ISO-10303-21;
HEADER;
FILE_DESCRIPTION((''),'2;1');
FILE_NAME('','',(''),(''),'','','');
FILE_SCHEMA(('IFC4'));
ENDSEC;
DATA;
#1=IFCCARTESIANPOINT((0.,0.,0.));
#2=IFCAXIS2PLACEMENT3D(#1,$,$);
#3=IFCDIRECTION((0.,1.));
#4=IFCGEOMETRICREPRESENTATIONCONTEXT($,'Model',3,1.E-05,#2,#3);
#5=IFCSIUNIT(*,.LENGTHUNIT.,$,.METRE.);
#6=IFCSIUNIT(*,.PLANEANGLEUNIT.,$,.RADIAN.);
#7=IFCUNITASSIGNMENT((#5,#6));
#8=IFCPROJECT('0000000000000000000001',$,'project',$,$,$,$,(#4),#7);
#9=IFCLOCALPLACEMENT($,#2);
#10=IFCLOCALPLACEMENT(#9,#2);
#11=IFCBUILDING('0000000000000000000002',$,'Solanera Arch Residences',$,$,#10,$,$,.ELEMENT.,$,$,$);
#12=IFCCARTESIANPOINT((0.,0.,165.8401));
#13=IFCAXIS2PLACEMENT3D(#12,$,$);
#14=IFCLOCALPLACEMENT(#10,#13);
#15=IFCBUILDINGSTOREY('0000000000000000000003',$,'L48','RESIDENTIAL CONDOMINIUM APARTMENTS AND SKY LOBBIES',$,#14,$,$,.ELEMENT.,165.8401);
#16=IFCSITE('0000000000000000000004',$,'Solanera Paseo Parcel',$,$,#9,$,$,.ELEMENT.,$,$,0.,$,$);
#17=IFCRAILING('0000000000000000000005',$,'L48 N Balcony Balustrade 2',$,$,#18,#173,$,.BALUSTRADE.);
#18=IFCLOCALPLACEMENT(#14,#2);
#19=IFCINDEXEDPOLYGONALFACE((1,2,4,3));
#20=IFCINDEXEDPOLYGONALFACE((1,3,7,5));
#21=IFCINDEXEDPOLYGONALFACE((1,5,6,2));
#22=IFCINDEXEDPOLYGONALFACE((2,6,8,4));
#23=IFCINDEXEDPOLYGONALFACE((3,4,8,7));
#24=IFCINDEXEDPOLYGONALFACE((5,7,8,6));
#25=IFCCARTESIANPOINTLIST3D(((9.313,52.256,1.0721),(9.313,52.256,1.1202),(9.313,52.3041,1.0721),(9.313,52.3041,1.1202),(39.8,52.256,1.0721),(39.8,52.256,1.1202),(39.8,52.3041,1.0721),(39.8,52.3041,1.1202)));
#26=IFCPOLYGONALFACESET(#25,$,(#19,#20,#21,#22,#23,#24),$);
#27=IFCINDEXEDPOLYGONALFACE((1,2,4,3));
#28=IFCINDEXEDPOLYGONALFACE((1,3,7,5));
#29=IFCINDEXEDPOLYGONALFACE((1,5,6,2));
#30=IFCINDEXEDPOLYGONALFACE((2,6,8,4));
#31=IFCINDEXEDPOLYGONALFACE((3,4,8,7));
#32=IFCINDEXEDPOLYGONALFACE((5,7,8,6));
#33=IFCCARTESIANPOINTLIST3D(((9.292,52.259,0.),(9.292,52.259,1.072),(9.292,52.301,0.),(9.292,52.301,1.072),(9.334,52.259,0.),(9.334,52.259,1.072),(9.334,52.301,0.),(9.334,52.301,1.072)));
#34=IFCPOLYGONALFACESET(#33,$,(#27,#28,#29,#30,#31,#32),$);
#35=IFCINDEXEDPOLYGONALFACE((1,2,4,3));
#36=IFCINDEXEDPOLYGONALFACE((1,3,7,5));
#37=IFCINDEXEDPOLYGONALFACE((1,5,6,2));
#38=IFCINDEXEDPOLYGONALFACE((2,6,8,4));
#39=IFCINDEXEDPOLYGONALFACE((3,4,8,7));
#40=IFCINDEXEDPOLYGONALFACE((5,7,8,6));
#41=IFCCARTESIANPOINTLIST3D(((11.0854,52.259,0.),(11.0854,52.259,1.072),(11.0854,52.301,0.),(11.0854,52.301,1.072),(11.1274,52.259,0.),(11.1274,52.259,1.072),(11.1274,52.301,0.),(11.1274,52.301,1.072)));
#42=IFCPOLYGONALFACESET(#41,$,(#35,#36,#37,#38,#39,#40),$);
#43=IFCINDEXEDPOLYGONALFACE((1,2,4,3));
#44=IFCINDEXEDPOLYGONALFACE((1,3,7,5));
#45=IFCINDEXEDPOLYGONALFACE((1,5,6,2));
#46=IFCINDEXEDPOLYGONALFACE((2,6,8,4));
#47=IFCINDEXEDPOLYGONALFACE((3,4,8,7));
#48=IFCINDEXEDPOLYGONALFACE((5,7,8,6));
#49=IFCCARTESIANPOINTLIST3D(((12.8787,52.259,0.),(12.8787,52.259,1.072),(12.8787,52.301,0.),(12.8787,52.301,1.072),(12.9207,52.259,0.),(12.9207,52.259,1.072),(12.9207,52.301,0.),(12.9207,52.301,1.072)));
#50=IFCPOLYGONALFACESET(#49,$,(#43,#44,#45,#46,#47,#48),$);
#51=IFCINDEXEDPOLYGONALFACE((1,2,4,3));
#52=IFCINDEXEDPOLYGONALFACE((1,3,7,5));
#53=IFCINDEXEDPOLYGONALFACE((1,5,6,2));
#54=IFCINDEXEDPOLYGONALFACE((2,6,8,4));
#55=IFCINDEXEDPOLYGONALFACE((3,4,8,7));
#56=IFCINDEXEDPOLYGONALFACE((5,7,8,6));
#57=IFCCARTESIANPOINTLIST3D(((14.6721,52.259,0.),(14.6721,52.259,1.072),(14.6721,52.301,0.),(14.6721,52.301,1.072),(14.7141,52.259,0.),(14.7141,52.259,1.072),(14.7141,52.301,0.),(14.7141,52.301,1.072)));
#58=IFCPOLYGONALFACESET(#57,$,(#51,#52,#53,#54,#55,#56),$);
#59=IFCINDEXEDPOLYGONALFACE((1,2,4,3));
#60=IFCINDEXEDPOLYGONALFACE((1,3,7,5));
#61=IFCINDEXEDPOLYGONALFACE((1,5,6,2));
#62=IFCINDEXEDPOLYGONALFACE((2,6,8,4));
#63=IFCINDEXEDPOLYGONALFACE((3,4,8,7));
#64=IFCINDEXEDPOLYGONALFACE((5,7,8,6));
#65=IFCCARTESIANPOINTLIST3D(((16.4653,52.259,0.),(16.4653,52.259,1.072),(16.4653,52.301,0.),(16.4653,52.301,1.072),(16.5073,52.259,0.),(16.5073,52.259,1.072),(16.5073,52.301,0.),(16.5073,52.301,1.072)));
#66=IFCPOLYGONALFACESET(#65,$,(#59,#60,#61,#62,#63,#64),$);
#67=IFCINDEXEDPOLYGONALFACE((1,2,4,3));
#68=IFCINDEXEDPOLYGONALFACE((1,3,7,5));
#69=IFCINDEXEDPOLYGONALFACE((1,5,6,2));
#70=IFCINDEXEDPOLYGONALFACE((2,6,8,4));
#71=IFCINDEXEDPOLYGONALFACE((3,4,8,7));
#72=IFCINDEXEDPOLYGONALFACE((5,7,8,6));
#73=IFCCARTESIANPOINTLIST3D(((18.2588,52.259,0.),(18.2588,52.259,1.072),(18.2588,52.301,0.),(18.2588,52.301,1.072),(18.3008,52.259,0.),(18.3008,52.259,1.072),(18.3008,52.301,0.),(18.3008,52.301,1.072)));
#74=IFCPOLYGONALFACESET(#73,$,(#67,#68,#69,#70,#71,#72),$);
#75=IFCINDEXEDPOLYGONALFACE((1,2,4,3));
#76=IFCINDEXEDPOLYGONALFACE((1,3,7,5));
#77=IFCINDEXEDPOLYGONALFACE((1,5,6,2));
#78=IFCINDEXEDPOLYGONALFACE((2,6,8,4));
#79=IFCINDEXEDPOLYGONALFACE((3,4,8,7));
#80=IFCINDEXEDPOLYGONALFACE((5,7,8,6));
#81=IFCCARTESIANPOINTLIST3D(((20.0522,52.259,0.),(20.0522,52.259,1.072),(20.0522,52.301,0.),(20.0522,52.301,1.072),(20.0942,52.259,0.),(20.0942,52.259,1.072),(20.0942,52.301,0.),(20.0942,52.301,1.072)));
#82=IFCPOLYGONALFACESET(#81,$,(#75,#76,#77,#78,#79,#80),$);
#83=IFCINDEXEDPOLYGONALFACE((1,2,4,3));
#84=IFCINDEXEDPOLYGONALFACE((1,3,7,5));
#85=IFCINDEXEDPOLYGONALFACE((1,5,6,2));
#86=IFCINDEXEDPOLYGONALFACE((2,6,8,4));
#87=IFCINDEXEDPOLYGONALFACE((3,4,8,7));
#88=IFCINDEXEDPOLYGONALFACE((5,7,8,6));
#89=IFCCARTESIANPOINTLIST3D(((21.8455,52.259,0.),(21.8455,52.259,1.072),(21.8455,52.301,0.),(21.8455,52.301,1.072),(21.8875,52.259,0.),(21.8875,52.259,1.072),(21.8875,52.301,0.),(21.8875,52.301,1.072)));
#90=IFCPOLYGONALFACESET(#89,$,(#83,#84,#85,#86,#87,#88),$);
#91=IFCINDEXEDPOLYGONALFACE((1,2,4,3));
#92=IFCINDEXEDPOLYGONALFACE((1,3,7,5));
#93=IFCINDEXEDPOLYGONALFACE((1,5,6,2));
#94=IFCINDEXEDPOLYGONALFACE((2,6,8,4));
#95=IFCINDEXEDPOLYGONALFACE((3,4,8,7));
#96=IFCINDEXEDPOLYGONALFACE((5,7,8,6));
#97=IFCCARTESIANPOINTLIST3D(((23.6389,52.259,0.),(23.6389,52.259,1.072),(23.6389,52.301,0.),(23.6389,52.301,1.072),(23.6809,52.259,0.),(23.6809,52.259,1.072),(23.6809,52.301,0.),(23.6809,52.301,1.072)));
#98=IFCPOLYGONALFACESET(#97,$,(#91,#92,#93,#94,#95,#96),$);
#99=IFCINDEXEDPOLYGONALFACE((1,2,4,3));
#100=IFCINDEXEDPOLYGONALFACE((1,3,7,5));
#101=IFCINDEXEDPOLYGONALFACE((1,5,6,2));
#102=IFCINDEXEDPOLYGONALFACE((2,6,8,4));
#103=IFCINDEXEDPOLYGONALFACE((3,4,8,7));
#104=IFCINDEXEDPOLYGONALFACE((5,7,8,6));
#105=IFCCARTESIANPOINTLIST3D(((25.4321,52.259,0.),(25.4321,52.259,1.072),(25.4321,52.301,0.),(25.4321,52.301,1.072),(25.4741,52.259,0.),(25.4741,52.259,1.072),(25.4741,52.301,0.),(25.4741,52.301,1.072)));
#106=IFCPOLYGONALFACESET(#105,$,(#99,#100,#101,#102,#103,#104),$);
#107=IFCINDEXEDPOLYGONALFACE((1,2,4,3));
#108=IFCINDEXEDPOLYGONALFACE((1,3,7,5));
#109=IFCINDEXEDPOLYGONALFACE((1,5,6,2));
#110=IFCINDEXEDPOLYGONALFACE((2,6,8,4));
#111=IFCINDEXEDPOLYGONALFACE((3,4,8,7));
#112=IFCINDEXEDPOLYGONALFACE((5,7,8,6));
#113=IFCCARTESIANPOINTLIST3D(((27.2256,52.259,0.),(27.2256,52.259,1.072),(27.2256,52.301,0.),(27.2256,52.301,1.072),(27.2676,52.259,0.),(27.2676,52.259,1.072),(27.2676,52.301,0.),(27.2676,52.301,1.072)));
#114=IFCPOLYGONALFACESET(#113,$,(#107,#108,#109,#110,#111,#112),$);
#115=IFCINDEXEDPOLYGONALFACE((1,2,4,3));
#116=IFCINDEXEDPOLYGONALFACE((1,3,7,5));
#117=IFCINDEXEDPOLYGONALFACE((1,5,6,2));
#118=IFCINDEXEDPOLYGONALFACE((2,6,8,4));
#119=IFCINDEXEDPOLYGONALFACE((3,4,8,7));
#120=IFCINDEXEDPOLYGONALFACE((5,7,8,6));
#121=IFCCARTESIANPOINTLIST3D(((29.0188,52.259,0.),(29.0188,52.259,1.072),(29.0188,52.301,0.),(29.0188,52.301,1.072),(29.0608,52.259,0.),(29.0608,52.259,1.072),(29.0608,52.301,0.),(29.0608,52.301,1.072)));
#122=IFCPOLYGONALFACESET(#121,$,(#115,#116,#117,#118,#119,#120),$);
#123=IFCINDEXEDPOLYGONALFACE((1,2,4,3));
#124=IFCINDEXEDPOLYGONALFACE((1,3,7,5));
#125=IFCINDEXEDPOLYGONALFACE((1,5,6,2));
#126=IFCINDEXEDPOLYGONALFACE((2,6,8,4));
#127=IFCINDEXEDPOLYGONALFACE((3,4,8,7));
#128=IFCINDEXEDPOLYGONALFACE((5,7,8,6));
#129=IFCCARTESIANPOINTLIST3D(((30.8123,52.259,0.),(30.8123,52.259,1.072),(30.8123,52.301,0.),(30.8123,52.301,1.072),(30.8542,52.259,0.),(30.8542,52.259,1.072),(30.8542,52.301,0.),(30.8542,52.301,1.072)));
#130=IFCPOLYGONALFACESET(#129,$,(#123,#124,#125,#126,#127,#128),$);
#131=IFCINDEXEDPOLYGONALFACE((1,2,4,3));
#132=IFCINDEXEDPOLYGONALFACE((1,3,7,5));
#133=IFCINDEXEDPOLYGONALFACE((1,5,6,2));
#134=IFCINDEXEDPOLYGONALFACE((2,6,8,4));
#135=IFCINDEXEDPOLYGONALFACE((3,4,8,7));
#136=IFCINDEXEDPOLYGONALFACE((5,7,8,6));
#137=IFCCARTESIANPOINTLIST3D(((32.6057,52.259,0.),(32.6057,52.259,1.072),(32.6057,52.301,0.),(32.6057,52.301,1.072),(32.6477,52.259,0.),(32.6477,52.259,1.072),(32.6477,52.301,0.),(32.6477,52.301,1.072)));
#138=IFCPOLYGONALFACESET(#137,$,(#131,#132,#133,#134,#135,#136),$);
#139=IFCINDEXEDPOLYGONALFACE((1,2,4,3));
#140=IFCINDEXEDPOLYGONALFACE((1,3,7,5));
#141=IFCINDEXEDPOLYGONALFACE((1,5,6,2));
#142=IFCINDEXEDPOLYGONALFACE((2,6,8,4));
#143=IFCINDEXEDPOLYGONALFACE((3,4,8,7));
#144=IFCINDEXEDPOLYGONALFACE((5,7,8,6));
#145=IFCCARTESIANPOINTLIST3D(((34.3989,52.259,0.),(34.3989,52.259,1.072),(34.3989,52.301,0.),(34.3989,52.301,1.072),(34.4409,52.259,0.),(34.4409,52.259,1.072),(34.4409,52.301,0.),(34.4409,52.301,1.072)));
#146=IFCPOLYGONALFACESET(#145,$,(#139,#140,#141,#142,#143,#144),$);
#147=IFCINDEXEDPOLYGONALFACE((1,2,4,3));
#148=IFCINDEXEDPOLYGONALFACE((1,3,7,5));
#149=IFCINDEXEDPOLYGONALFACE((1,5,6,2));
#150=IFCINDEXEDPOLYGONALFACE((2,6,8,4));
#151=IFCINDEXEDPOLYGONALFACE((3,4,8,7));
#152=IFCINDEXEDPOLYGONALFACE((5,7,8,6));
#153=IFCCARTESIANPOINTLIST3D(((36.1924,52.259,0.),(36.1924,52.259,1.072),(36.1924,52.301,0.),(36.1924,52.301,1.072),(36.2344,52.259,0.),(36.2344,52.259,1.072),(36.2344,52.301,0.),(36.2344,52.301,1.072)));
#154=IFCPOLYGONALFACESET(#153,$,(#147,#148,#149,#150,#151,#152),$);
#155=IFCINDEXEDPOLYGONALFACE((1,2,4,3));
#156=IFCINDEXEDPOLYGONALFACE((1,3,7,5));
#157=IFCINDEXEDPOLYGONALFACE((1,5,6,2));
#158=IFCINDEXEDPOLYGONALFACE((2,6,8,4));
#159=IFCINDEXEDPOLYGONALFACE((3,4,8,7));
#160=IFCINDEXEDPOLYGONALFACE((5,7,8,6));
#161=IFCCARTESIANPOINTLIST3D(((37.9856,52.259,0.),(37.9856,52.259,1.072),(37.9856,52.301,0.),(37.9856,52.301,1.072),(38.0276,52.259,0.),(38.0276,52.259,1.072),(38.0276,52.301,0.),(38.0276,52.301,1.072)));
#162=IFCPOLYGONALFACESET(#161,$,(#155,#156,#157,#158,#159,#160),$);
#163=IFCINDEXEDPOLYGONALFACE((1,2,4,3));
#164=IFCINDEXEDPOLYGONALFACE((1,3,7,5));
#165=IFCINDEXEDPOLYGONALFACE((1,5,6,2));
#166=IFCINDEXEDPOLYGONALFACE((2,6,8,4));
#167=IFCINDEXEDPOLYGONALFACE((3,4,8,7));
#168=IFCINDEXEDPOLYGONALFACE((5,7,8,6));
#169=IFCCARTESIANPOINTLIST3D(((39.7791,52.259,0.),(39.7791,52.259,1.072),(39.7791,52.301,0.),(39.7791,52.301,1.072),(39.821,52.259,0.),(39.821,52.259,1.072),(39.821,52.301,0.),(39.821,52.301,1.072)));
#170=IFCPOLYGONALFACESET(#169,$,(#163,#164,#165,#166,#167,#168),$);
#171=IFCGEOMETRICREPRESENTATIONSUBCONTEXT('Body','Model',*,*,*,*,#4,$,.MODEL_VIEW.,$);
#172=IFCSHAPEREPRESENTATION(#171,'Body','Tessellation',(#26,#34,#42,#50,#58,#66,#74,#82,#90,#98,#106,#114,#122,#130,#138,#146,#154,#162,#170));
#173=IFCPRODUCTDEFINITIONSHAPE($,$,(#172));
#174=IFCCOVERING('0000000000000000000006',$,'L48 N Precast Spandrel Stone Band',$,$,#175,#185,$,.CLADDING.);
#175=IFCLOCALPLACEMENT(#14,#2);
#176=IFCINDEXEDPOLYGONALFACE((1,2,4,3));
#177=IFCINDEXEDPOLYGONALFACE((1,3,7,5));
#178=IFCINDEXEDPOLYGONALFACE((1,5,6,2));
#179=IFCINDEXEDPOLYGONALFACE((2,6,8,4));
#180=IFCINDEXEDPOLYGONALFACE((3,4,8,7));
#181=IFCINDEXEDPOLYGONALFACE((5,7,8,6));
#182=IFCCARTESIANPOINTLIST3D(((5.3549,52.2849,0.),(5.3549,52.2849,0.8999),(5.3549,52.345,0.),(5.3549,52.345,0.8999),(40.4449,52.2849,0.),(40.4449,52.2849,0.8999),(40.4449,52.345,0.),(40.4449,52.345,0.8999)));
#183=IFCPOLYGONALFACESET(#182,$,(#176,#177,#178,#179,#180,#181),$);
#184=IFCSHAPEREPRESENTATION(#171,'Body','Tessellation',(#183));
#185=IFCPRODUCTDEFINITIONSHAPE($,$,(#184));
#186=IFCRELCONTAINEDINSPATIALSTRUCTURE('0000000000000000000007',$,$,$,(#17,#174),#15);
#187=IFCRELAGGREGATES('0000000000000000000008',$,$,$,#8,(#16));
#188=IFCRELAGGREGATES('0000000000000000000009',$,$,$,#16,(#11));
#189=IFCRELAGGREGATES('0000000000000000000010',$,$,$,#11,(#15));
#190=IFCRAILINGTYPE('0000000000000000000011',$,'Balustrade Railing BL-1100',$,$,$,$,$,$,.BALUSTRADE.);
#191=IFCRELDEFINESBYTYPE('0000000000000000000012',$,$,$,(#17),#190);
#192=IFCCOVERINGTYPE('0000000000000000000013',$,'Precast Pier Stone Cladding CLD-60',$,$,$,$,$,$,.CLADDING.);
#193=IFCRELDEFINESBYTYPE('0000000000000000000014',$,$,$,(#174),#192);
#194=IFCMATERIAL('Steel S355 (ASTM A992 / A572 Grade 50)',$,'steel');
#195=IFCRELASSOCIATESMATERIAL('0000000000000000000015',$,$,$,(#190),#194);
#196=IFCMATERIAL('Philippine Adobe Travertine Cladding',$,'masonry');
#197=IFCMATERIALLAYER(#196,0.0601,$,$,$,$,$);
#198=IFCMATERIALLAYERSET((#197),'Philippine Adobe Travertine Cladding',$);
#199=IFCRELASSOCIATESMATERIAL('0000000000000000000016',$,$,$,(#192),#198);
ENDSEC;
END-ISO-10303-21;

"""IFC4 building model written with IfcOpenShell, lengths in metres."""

from ifc_helpers import new_model, si_unit, direction, frame, frame_2d, origin, origin_2d, place, context, subcontext, project, spatial, rectangle, extrude, material, layer, layer_set, type_object, element, save


model = new_model("IFC4")

# Units and contexts
model_context = context("Model", 3, precision=1e-05, world=origin(), true_north=direction((0.0, 1.0)))
body_context = subcontext(model_context, "Body", "Model", "MODEL_VIEW")
ifc_project = project(units=[si_unit("LENGTHUNIT", "METRE"), si_unit("PLANEANGLEUNIT", "RADIAN")], contexts=[model_context])

# Site, building, storey
site_placement = place(None, origin())
site = spatial("IfcSite", under=ifc_project, at=site_placement, Name="Solanera Paseo Parcel", CompositionType="ELEMENT", RefElevation=0.0)
building_placement = place(site_placement, origin())
building = spatial("IfcBuilding", under=site, at=building_placement, Name="Solanera Arch Residences", CompositionType="ELEMENT")
storey_placement = place(building_placement, frame((0.0, 0.0, 165.8401)))
storey = spatial("IfcBuildingStorey", under=building, at=storey_placement, Name="L48", Description="RESIDENTIAL CONDOMINIUM APARTMENTS AND SKY LOBBIES", CompositionType="ELEMENT", Elevation=165.8401)

# Railing
ifc_material_1 = material(Name="Steel S355 (ASTM A992 / A572 Grade 50)", Category="steel")
railing_type = type_object("IfcRailingType", Name="Balustrade Railing BL-1100", PredefinedType="BALUSTRADE", material=ifc_material_1)
railing_placement = place(storey_placement, frame((9.313, 52.28, 0.0)))
element("IfcRailing", 1, at=railing_placement, inside=storey, type_object=railing_type, Name="L48 N Balcony Balustrade 2", PredefinedType="BALUSTRADE", context=body_context, shape_type="SweptSolid", body=[
    extrude(rectangle(XDim=0.0481, YDim=0.0481, at=origin_2d()), frame((0.0, 0.0, 1.0962), z_axis=(1.0, 0.0, 0.0), x_axis=(0.0, 1.0, 0.0)), (0.0, 0.0, 1.0), 30.4871),
    extrude(rectangle(XDim=0.042, YDim=0.042, at=origin_2d()), origin(), (0.0, 0.0, 1.0), 1.072),
    extrude(rectangle(XDim=0.042, YDim=0.042, at=origin_2d()), frame((1.7935, 0.0, 0.0)), (0.0, 0.0, 1.0), 1.072),
    extrude(rectangle(XDim=0.042, YDim=0.042, at=origin_2d()), frame((3.5867, 0.0, 0.0)), (0.0, 0.0, 1.0), 1.072),
    extrude(rectangle(XDim=0.042, YDim=0.042, at=origin_2d()), frame((5.3801, 0.0, 0.0)), (0.0, 0.0, 1.0), 1.072),
    extrude(rectangle(XDim=0.042, YDim=0.042, at=origin_2d()), frame((7.1733, 0.0, 0.0)), (0.0, 0.0, 1.0), 1.072),
    extrude(rectangle(XDim=0.042, YDim=0.042, at=origin_2d()), frame((8.9668, 0.0, 0.0)), (0.0, 0.0, 1.0), 1.072),
    extrude(rectangle(XDim=0.042, YDim=0.042, at=origin_2d()), frame((10.7603, 0.0, 0.0)), (0.0, 0.0, 1.0), 1.072),
    extrude(rectangle(XDim=0.042, YDim=0.042, at=origin_2d()), frame((12.5535, 0.0, 0.0)), (0.0, 0.0, 1.0), 1.072),
    extrude(rectangle(XDim=0.042, YDim=0.042, at=origin_2d()), frame((14.3469, 0.0, 0.0)), (0.0, 0.0, 1.0), 1.072),
    extrude(rectangle(XDim=0.042, YDim=0.042, at=origin_2d()), frame((16.1401, 0.0, 0.0)), (0.0, 0.0, 1.0), 1.072),
    extrude(rectangle(XDim=0.042, YDim=0.042, at=origin_2d()), frame((17.9336, 0.0, 0.0)), (0.0, 0.0, 1.0), 1.072),
    extrude(rectangle(XDim=0.042, YDim=0.042, at=origin_2d()), frame((19.7268, 0.0, 0.0)), (0.0, 0.0, 1.0), 1.072),
    extrude(rectangle(XDim=0.042, YDim=0.042, at=origin_2d()), frame((21.5203, 0.0, 0.0)), (0.0, 0.0, 1.0), 1.072),
    extrude(rectangle(XDim=0.042, YDim=0.042, at=origin_2d()), frame((23.3137, 0.0, 0.0)), (0.0, 0.0, 1.0), 1.072),
    extrude(rectangle(XDim=0.042, YDim=0.042, at=origin_2d()), frame((25.1069, 0.0, 0.0)), (0.0, 0.0, 1.0), 1.072),
    extrude(rectangle(XDim=0.042, YDim=0.042, at=origin_2d()), frame((26.9004, 0.0, 0.0)), (0.0, 0.0, 1.0), 1.072),
    extrude(rectangle(XDim=0.042, YDim=0.042, at=origin_2d()), frame((28.6936, 0.0, 0.0)), (0.0, 0.0, 1.0), 1.072),
    extrude(rectangle(XDim=0.042, YDim=0.042, at=origin_2d()), frame((30.4871, 0.0, 0.0)), (0.0, 0.0, 1.0), 1.072),
])

# Covering
ifc_material_2 = material(Name="Philippine Adobe Travertine Cladding", Category="masonry")
ifc_layer_1 = layer(ifc_material_2, 0.0601)
ifc_layer_set_1 = layer_set([ifc_layer_1], Name="Philippine Adobe Travertine Cladding")
covering_type = type_object("IfcCoveringType", Name="Precast Pier Stone Cladding CLD-60", PredefinedType="CLADDING", material=ifc_layer_set_1)
covering_placement = place(storey_placement, frame((5.355, 52.3149, 0.0), z_axis=(0.0, 0.0, 1.0), x_axis=(1.0, 0.0, 0.0)))
element("IfcCovering", 2, at=covering_placement, inside=storey, type_object=covering_type, Name="L48 N Precast Spandrel Stone Band", PredefinedType="CLADDING", context=body_context, shape_type="SweptSolid", body=[
    extrude(rectangle(XDim=35.0901, YDim=0.0601, at=frame_2d((17.5449, 0.0))), origin(), (0.0, 0.0, 1.0), 0.8999),
])

save(model, "model.ifc")
